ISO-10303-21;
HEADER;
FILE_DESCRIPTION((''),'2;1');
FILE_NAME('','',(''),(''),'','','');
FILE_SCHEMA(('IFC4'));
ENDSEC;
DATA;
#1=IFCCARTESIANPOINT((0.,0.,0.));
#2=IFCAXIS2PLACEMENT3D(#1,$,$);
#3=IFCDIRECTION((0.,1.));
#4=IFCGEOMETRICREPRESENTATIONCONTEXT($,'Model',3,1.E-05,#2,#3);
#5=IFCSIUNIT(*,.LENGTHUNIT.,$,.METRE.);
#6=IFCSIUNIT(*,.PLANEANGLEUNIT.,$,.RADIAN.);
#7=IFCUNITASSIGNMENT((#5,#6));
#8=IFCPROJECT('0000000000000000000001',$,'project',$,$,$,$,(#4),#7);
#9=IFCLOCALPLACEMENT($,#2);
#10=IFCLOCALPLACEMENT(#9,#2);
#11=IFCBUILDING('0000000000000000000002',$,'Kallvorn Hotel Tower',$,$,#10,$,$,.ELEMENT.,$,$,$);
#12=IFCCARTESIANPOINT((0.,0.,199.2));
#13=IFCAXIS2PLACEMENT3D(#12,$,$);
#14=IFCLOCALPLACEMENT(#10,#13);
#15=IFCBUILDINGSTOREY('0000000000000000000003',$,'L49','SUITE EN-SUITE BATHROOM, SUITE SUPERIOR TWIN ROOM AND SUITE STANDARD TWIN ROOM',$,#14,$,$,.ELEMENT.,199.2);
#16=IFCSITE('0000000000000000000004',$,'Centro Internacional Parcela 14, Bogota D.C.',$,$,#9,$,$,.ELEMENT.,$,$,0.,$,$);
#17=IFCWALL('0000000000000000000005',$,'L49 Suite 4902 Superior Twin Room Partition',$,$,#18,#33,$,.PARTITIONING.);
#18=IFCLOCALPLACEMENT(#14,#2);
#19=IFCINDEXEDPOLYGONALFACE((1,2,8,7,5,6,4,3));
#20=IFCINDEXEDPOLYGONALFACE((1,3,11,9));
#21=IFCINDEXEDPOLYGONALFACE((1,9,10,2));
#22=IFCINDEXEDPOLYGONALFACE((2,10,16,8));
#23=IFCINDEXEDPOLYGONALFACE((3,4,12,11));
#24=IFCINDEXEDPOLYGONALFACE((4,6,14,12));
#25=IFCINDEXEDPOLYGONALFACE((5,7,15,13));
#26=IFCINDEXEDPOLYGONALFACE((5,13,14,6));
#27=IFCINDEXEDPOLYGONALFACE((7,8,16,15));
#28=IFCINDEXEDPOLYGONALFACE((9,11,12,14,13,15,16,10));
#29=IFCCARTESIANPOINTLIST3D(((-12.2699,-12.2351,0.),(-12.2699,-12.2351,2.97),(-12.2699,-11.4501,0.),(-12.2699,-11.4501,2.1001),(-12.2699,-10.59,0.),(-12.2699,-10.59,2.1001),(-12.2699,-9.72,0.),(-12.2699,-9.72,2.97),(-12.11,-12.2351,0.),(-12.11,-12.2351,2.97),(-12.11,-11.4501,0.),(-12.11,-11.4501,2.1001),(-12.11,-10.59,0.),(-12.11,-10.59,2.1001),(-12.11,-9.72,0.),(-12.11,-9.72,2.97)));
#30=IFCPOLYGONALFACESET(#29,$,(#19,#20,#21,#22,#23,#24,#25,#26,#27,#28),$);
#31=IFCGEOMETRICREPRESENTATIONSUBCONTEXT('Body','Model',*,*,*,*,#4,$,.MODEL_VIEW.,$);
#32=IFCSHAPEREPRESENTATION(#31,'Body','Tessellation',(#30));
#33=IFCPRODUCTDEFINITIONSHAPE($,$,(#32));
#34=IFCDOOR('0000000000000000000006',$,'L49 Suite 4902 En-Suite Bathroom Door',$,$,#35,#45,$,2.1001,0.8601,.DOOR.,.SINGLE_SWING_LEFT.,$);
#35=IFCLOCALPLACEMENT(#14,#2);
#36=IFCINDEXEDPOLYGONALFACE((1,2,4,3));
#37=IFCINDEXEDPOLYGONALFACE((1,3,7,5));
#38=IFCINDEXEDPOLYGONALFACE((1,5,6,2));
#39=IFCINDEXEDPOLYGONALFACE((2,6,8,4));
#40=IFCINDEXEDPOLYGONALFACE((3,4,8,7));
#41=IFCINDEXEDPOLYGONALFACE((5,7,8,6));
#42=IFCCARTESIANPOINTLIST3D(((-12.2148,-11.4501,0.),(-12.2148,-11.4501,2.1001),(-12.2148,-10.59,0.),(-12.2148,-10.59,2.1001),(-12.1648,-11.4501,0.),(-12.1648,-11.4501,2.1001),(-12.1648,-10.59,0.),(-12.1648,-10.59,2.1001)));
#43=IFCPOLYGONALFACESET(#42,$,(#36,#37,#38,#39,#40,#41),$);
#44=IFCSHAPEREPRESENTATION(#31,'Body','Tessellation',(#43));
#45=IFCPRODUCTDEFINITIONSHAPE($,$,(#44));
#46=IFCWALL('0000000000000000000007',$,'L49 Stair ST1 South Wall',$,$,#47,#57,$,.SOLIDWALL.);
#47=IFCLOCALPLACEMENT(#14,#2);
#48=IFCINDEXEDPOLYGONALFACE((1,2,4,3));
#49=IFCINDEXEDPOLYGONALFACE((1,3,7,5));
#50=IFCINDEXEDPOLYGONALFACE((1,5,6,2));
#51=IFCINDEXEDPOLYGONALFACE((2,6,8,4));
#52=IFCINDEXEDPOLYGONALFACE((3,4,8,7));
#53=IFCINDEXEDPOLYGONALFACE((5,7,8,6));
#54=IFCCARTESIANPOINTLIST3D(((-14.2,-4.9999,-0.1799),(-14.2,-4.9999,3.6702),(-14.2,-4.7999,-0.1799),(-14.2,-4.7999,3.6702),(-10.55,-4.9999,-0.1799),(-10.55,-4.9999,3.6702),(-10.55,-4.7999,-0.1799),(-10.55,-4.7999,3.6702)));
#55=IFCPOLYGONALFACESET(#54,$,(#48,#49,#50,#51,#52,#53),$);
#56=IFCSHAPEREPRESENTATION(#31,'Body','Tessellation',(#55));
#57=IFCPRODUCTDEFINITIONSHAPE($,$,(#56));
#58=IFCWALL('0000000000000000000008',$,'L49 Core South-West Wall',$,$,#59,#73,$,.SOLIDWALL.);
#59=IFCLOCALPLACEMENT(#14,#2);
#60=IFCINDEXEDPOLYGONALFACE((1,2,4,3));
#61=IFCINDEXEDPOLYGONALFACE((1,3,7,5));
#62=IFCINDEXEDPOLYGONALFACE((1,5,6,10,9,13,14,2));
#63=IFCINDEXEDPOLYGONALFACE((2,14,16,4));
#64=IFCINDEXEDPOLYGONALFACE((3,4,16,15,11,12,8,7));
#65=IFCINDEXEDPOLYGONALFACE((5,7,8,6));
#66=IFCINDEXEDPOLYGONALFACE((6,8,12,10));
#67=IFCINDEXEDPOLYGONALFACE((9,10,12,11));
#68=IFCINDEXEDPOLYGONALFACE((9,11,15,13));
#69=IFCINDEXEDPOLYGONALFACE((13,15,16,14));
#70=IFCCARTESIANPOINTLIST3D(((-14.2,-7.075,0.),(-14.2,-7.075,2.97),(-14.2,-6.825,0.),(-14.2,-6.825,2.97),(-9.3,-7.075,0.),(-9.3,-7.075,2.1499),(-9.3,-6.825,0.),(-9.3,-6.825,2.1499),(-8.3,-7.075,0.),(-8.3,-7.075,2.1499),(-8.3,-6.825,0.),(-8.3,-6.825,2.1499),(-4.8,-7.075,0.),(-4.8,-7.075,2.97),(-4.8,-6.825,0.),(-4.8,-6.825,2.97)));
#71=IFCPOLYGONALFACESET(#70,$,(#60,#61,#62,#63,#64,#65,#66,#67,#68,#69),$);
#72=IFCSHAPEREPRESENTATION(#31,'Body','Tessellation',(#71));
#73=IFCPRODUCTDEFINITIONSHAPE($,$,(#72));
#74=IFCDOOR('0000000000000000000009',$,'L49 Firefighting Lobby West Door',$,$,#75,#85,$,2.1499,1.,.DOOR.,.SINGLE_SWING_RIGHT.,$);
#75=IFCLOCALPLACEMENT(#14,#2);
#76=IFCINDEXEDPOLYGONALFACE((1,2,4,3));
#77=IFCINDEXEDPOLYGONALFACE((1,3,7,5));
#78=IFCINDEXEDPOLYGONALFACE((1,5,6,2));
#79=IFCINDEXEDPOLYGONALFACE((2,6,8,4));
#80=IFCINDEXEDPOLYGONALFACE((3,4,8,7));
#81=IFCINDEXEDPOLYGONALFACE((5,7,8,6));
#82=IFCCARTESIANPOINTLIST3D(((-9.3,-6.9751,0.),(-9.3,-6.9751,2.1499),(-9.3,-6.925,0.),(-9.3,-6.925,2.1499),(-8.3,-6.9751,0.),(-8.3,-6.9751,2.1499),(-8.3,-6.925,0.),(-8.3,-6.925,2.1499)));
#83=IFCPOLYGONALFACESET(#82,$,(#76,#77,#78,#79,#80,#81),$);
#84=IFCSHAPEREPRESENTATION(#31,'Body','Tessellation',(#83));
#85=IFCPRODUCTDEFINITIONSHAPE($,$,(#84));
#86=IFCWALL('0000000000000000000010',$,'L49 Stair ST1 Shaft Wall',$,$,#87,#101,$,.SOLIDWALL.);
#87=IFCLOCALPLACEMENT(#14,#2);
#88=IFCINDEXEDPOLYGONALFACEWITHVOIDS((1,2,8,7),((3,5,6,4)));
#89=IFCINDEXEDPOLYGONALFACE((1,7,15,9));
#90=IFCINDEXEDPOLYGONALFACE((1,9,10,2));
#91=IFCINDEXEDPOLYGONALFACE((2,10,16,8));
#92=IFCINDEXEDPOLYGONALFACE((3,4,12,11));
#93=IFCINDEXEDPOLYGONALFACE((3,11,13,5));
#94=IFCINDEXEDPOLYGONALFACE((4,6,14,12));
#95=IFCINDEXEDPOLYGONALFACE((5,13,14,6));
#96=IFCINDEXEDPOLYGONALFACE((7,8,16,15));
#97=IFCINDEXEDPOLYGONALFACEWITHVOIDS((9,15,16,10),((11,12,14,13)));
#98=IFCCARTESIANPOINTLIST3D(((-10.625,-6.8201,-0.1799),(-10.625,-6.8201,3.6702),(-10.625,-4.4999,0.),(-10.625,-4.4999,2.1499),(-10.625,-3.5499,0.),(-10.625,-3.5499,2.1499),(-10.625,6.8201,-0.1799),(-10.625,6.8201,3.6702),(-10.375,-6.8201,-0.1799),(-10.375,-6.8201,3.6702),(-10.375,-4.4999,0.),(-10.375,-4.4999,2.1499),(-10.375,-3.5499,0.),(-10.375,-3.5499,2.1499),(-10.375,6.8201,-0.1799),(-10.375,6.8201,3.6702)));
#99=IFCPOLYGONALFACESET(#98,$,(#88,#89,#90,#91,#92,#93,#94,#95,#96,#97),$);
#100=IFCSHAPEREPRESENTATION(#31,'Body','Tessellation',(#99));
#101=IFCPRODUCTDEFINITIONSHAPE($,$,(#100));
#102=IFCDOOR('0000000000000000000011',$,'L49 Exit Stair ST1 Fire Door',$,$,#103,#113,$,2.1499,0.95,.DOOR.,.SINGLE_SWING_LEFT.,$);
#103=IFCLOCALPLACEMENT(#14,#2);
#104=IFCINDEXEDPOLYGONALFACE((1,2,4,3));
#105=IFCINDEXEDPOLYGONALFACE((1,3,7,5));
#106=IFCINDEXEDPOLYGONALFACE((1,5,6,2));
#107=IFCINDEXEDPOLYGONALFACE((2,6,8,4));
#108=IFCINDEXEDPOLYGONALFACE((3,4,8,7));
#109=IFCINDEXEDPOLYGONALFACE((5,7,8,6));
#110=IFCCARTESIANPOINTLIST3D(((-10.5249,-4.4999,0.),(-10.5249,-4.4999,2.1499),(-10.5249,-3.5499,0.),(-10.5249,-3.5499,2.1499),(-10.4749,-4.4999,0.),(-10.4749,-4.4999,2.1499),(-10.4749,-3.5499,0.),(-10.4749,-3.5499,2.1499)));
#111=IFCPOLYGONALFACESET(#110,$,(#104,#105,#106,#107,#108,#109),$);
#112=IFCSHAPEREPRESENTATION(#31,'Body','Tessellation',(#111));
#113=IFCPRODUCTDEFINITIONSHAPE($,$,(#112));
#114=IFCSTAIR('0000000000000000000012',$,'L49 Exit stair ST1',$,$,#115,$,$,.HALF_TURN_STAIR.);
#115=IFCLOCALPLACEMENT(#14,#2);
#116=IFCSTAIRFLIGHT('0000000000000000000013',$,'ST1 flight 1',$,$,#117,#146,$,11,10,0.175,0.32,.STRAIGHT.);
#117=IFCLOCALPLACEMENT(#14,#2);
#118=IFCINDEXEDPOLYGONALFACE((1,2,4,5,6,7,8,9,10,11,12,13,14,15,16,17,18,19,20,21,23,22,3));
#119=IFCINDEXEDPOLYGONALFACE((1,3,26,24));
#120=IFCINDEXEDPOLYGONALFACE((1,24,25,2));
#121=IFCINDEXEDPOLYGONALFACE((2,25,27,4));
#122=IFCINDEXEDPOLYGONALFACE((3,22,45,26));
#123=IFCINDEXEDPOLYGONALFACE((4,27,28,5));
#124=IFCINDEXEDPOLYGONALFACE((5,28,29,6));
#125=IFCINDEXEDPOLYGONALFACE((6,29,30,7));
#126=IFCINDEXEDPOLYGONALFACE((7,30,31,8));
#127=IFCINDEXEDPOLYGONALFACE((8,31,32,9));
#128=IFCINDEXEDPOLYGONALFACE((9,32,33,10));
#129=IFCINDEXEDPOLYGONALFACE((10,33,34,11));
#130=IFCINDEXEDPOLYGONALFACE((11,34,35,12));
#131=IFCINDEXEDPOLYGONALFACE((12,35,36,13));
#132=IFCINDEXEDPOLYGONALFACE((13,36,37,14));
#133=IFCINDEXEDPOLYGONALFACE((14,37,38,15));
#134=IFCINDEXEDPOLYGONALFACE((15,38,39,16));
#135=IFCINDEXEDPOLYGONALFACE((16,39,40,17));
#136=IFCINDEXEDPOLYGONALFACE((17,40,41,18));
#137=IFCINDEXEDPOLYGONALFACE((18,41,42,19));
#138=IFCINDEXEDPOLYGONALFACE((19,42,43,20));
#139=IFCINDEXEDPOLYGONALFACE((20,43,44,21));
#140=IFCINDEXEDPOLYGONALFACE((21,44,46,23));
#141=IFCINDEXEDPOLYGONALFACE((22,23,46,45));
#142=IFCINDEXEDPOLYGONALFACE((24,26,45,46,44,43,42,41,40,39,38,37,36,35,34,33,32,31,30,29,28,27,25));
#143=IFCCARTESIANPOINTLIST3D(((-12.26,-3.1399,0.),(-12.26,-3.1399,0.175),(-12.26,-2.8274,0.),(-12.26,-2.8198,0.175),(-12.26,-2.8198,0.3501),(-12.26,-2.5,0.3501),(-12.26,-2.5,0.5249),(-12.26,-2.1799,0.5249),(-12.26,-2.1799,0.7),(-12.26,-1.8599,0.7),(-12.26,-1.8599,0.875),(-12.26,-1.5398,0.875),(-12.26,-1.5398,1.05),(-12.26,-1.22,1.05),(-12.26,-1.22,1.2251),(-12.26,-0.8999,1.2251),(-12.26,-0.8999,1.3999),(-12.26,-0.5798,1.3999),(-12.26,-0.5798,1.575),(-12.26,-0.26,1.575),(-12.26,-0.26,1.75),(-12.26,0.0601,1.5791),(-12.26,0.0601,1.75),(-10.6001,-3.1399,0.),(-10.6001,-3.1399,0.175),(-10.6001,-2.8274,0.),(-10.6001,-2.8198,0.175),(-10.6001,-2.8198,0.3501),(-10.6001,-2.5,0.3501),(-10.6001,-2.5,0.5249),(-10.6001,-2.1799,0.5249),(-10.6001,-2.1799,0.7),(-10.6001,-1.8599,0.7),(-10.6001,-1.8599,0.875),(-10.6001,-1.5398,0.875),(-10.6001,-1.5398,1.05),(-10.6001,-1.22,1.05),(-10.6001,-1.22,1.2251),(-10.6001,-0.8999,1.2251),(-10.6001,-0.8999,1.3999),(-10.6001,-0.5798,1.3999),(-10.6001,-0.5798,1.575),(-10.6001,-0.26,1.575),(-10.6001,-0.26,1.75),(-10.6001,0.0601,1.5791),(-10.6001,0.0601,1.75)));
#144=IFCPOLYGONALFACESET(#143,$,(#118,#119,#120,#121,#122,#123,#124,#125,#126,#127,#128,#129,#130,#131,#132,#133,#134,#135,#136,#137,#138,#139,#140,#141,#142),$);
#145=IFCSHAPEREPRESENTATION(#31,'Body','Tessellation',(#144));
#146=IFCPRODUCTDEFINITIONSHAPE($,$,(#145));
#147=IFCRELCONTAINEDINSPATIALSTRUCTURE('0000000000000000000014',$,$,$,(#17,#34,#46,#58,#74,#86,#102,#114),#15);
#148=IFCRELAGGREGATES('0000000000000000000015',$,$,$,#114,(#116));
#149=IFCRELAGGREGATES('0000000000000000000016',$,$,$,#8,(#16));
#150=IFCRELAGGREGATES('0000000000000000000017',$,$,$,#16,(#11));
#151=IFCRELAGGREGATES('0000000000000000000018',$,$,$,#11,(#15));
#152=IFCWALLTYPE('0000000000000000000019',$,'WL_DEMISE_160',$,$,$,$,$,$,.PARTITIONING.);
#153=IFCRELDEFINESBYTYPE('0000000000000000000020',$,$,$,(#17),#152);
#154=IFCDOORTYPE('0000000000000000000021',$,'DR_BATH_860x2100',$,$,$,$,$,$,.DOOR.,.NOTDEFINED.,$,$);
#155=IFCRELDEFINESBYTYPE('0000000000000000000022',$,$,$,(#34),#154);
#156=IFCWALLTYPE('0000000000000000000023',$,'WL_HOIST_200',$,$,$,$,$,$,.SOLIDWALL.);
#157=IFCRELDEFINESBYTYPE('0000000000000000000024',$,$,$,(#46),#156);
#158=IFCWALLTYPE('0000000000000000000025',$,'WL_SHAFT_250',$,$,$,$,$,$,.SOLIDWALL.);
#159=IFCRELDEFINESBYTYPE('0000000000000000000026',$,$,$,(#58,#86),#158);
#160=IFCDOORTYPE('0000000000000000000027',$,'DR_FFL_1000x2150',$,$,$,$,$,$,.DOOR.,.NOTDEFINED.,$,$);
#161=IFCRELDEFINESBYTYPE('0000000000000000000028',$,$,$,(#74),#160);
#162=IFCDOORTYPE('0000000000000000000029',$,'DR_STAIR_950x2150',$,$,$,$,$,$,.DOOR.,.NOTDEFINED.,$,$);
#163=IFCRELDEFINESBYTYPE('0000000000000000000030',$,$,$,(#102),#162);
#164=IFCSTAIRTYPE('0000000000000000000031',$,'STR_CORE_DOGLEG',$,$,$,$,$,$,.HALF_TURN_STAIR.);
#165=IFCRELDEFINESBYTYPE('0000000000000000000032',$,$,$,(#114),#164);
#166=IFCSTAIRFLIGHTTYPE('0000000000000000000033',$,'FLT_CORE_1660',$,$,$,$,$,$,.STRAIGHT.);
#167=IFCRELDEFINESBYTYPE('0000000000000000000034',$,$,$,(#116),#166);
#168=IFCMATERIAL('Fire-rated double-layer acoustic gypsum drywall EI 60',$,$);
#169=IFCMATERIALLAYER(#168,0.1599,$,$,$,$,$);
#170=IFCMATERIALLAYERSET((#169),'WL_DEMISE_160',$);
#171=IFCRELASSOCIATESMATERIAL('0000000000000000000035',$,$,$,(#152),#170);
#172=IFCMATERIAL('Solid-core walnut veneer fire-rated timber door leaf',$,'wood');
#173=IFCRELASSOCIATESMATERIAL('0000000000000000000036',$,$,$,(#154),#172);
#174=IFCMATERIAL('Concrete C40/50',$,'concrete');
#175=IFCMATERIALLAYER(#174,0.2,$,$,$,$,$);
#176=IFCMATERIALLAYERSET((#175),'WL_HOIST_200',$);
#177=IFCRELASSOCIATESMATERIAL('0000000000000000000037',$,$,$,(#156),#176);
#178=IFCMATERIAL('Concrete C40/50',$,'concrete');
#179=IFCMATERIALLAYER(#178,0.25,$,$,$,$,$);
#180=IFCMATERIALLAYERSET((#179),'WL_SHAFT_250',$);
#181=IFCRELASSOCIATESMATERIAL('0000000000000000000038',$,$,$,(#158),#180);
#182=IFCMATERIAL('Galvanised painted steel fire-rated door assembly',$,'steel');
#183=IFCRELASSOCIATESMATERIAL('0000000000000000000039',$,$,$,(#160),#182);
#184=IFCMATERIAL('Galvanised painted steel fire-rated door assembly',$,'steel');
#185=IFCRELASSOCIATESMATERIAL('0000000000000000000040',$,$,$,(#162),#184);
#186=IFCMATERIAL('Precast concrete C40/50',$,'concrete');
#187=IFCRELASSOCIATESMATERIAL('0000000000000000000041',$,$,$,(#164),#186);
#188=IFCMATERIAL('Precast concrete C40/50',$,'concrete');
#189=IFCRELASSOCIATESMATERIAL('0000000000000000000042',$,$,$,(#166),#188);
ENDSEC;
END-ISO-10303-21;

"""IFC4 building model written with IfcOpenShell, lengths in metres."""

from ifc_helpers import new_model, si_unit, direction, frame, frame_2d, origin, place, context, subcontext, project, spatial, polyline, rectangle, outline, extrude, material, layer, layer_set, type_object, element, fill, aggregate, save


model = new_model("IFC4")

# Units and contexts
model_context = context("Model", 3, precision=1e-05, world=origin(), true_north=direction((0.0, 1.0)))
body_context = subcontext(model_context, "Body", "Model", "MODEL_VIEW")
ifc_project = project(units=[si_unit("LENGTHUNIT", "METRE"), si_unit("PLANEANGLEUNIT", "RADIAN")], contexts=[model_context])

# Site, building, storey
site_placement = place(None, origin())
site = spatial("IfcSite", under=ifc_project, at=site_placement, Name="Centro Internacional Parcela 14, Bogota D.C.", CompositionType="ELEMENT", RefElevation=0.0)
building_placement = place(site_placement, origin())
building = spatial("IfcBuilding", under=site, at=building_placement, Name="Kallvorn Hotel Tower", CompositionType="ELEMENT")
storey_placement = place(building_placement, frame((0.0, 0.0, 199.2)))
storey = spatial("IfcBuildingStorey", under=building, at=storey_placement, Name="L49", Description="SUITE EN-SUITE BATHROOM, SUITE SUPERIOR TWIN ROOM AND SUITE STANDARD TWIN ROOM", CompositionType="ELEMENT", Elevation=199.2)

# Wall, opening, door
ifc_material_1 = material(Name="Fire-rated double-layer acoustic gypsum drywall EI 60")
ifc_layer_1 = layer(ifc_material_1, 0.1599)
ifc_layer_set_1 = layer_set([ifc_layer_1], Name="WL_DEMISE_160")
wall_type_1 = type_object("IfcWallType", Name="WL_DEMISE_160", PredefinedType="PARTITIONING", material=ifc_layer_set_1)
wall_1_placement = place(storey_placement, frame((-12.1899, -12.2351, 0.0), z_axis=(0.0, 0.0, 1.0), x_axis=(0.0, 1.0, 0.0)))
wall_1 = element("IfcWall", 1, at=wall_1_placement, inside=storey, type_object=wall_type_1, Name="L49 Suite 4902 Superior Twin Room Partition", PredefinedType="PARTITIONING", context=body_context, shape_type="SweptSolid", body=[
    extrude(rectangle(XDim=2.5151, YDim=0.1599, at=frame_2d((1.2576, 0.0))), origin(), (0.0, 0.0, 1.0), 2.97),
])
opening_1_placement = place(wall_1_placement, frame((0.7849, 0.0, 0.0)))
opening_1 = element("IfcOpeningElement", 2, at=opening_1_placement, cuts=wall_1, PredefinedType="OPENING", context=body_context, shape_type="SweptSolid", body=[
    extrude(rectangle(XDim=0.8601, YDim=2.1001, at=frame_2d((0.4302, 1.05))), frame((0.0, 0.095, 0.0), z_axis=(0.0, -1.0, 0.0), x_axis=(1.0, 0.0, 0.0)), (0.0, 0.0, 1.0), 0.1899),
])
ifc_material_2 = material(Name="Solid-core walnut veneer fire-rated timber door leaf", Category="wood")
door_type_1 = type_object("IfcDoorType", Name="DR_BATH_860x2100", OperationType="NOTDEFINED", PredefinedType="DOOR", material=ifc_material_2)
door_1_placement = place(opening_1_placement, origin())
door_1 = element("IfcDoor", 3, at=door_1_placement, inside=storey, type_object=door_type_1, Name="L49 Suite 4902 En-Suite Bathroom Door", OperationType="SINGLE_SWING_LEFT", OverallHeight=2.1001, OverallWidth=0.8601, PredefinedType="DOOR", context=body_context, shape_type="SweptSolid", body=[
    extrude(rectangle(XDim=0.8601, YDim=2.1001, at=frame_2d((0.4302, 1.05))), frame((0.0, 0.0249, 0.0), z_axis=(0.0, -1.0, 0.0), x_axis=(1.0, 0.0, 0.0)), (0.0, 0.0, 1.0), 0.05),
])
fill(opening_1, door_1)

# Wall
ifc_material_3 = material(Name="Concrete C40/50", Category="concrete")
ifc_layer_2 = layer(ifc_material_3, 0.2)
ifc_layer_set_2 = layer_set([ifc_layer_2], Name="WL_HOIST_200")
wall_type_2 = type_object("IfcWallType", Name="WL_HOIST_200", PredefinedType="SOLIDWALL", material=ifc_layer_set_2)
wall_2_placement = place(storey_placement, frame((-14.2, -4.8999, -0.1799), z_axis=(0.0, 0.0, 1.0), x_axis=(1.0, 0.0, 0.0)))
element("IfcWall", 4, at=wall_2_placement, inside=storey, type_object=wall_type_2, Name="L49 Stair ST1 South Wall", PredefinedType="SOLIDWALL", context=body_context, shape_type="SweptSolid", body=[
    extrude(rectangle(XDim=3.6499, YDim=0.2, at=frame_2d((1.825, 0.0))), origin(), (0.0, 0.0, 1.0), 3.8501),
])

# Walls, openings, doors
ifc_material_4 = material(Name="Concrete C40/50", Category="concrete")
ifc_layer_3 = layer(ifc_material_4, 0.25)
ifc_layer_set_3 = layer_set([ifc_layer_3], Name="WL_SHAFT_250")
wall_type_3 = type_object("IfcWallType", Name="WL_SHAFT_250", PredefinedType="SOLIDWALL", material=ifc_layer_set_3)
wall_3_placement = place(storey_placement, frame((-14.2, -6.95, 0.0), z_axis=(0.0, 0.0, 1.0), x_axis=(1.0, 0.0, 0.0)))
wall_3 = element("IfcWall", 5, at=wall_3_placement, inside=storey, type_object=wall_type_3, Name="L49 Core South-West Wall", PredefinedType="SOLIDWALL", context=body_context, shape_type="SweptSolid", body=[
    extrude(rectangle(XDim=9.3999, YDim=0.25, at=frame_2d((4.7, 0.0))), origin(), (0.0, 0.0, 1.0), 2.97),
])
opening_2_placement = place(wall_3_placement, frame((4.8999, 0.0, 0.0)))
opening_2 = element("IfcOpeningElement", 6, at=opening_2_placement, cuts=wall_3, PredefinedType="OPENING", context=body_context, shape_type="SweptSolid", body=[
    extrude(rectangle(XDim=1.0, YDim=2.1499, at=frame_2d((0.5, 1.075))), frame((0.0, 0.1399, 0.0), z_axis=(0.0, -1.0, 0.0), x_axis=(1.0, 0.0, 0.0)), (0.0, 0.0, 1.0), 0.28),
])
ifc_material_5 = material(Name="Galvanised painted steel fire-rated door assembly", Category="steel")
door_type_2 = type_object("IfcDoorType", Name="DR_FFL_1000x2150", OperationType="NOTDEFINED", PredefinedType="DOOR", material=ifc_material_5)
door_2_placement = place(opening_2_placement, origin())
door_2 = element("IfcDoor", 7, at=door_2_placement, inside=storey, type_object=door_type_2, Name="L49 Firefighting Lobby West Door", OperationType="SINGLE_SWING_RIGHT", OverallHeight=2.1499, OverallWidth=1.0, PredefinedType="DOOR", context=body_context, shape_type="SweptSolid", body=[
    extrude(rectangle(XDim=1.0, YDim=2.1499, at=frame_2d((0.5, 1.075))), frame((0.0, 0.0249, 0.0), z_axis=(0.0, -1.0, 0.0), x_axis=(1.0, 0.0, 0.0)), (0.0, 0.0, 1.0), 0.05),
])
fill(opening_2, door_2)
wall_4_placement = place(storey_placement, frame((-10.5, -6.8201, -0.1799), z_axis=(0.0, 0.0, 1.0), x_axis=(0.0, 1.0, 0.0)))
wall_4 = element("IfcWall", 8, at=wall_4_placement, inside=storey, type_object=wall_type_3, Name="L49 Stair ST1 Shaft Wall", PredefinedType="SOLIDWALL", context=body_context, shape_type="SweptSolid", body=[
    extrude(rectangle(XDim=13.6401, YDim=0.25, at=frame_2d((6.8201, 0.0))), origin(), (0.0, 0.0, 1.0), 3.8501),
])
opening_3_placement = place(wall_4_placement, frame((2.3201, 0.0, 0.1799)))
opening_3 = element("IfcOpeningElement", 9, at=opening_3_placement, cuts=wall_4, PredefinedType="OPENING", context=body_context, shape_type="SweptSolid", body=[
    extrude(rectangle(XDim=0.95, YDim=2.1499, at=frame_2d((0.4751, 1.075))), frame((0.0, 0.1399, 0.0), z_axis=(0.0, -1.0, 0.0), x_axis=(1.0, 0.0, 0.0)), (0.0, 0.0, 1.0), 0.28),
])
ifc_material_6 = material(Name="Galvanised painted steel fire-rated door assembly", Category="steel")
door_type_3 = type_object("IfcDoorType", Name="DR_STAIR_950x2150", OperationType="NOTDEFINED", PredefinedType="DOOR", material=ifc_material_6)
door_3_placement = place(opening_3_placement, origin())
door_3 = element("IfcDoor", 10, at=door_3_placement, inside=storey, type_object=door_type_3, Name="L49 Exit Stair ST1 Fire Door", OperationType="SINGLE_SWING_LEFT", OverallHeight=2.1499, OverallWidth=0.95, PredefinedType="DOOR", context=body_context, shape_type="SweptSolid", body=[
    extrude(rectangle(XDim=0.95, YDim=2.1499, at=frame_2d((0.4751, 1.075))), frame((0.0, 0.0249, 0.0), z_axis=(0.0, -1.0, 0.0), x_axis=(1.0, 0.0, 0.0)), (0.0, 0.0, 1.0), 0.05),
])
fill(opening_3, door_3)

# Stair, stair flight
ifc_material_7 = material(Name="Precast concrete C40/50", Category="concrete")
stair_type = type_object("IfcStairType", Name="STR_CORE_DOGLEG", PredefinedType="HALF_TURN_STAIR", material=ifc_material_7)
stair_placement = place(storey_placement, origin())
stair = element("IfcStair", 11, at=stair_placement, inside=storey, type_object=stair_type, Name="L49 Exit stair ST1", PredefinedType="HALF_TURN_STAIR")
ifc_material_8 = material(Name="Precast concrete C40/50", Category="concrete")
stair_flight_type = type_object("IfcStairFlightType", Name="FLT_CORE_1660", PredefinedType="STRAIGHT", material=ifc_material_8)
stair_flight_placement = place(storey_placement, frame((-11.4299, -3.1399, 0.0), z_axis=(0.0, 0.0, 1.0), x_axis=(0.0, 1.0, 0.0)))
stair_flight = element("IfcStairFlight", 12, at=stair_flight_placement, type_object=stair_flight_type, Name="ST1 flight 1", NumberOfRisers=11, NumberOfTreads=10, PredefinedType="STRAIGHT", RiserHeight=0.175, TreadLength=0.32, context=body_context, shape_type="SweptSolid", body=[
    extrude(outline(polyline([(0.0, 0.0), (0.0, 0.175), (0.3201, 0.175), (0.3201, 0.3501), (0.6399, 0.3501), (0.6399, 0.5249), (0.96, 0.5249), (0.96, 0.7), (1.28, 0.7), (1.28, 0.875), (1.6001, 0.875), (1.6001, 1.05), (1.9199, 1.05), (1.9199, 1.2251), (2.24, 1.2251), (2.24, 1.3999), (2.5601, 1.3999), (2.5601, 1.575), (2.8799, 1.575), (2.8799, 1.75), (3.2, 1.75), (3.2, 1.925), (3.2, 1.5791), (0.3125, 0.0), (0.0, 0.0)])), frame((0.0, 0.8301, 0.0), z_axis=(0.0, -1.0, 0.0), x_axis=(1.0, 0.0, 0.0)), (0.0, 0.0, 1.0), 1.6599),
])
aggregate(stair, [stair_flight])

save(model, "model.ifc")
